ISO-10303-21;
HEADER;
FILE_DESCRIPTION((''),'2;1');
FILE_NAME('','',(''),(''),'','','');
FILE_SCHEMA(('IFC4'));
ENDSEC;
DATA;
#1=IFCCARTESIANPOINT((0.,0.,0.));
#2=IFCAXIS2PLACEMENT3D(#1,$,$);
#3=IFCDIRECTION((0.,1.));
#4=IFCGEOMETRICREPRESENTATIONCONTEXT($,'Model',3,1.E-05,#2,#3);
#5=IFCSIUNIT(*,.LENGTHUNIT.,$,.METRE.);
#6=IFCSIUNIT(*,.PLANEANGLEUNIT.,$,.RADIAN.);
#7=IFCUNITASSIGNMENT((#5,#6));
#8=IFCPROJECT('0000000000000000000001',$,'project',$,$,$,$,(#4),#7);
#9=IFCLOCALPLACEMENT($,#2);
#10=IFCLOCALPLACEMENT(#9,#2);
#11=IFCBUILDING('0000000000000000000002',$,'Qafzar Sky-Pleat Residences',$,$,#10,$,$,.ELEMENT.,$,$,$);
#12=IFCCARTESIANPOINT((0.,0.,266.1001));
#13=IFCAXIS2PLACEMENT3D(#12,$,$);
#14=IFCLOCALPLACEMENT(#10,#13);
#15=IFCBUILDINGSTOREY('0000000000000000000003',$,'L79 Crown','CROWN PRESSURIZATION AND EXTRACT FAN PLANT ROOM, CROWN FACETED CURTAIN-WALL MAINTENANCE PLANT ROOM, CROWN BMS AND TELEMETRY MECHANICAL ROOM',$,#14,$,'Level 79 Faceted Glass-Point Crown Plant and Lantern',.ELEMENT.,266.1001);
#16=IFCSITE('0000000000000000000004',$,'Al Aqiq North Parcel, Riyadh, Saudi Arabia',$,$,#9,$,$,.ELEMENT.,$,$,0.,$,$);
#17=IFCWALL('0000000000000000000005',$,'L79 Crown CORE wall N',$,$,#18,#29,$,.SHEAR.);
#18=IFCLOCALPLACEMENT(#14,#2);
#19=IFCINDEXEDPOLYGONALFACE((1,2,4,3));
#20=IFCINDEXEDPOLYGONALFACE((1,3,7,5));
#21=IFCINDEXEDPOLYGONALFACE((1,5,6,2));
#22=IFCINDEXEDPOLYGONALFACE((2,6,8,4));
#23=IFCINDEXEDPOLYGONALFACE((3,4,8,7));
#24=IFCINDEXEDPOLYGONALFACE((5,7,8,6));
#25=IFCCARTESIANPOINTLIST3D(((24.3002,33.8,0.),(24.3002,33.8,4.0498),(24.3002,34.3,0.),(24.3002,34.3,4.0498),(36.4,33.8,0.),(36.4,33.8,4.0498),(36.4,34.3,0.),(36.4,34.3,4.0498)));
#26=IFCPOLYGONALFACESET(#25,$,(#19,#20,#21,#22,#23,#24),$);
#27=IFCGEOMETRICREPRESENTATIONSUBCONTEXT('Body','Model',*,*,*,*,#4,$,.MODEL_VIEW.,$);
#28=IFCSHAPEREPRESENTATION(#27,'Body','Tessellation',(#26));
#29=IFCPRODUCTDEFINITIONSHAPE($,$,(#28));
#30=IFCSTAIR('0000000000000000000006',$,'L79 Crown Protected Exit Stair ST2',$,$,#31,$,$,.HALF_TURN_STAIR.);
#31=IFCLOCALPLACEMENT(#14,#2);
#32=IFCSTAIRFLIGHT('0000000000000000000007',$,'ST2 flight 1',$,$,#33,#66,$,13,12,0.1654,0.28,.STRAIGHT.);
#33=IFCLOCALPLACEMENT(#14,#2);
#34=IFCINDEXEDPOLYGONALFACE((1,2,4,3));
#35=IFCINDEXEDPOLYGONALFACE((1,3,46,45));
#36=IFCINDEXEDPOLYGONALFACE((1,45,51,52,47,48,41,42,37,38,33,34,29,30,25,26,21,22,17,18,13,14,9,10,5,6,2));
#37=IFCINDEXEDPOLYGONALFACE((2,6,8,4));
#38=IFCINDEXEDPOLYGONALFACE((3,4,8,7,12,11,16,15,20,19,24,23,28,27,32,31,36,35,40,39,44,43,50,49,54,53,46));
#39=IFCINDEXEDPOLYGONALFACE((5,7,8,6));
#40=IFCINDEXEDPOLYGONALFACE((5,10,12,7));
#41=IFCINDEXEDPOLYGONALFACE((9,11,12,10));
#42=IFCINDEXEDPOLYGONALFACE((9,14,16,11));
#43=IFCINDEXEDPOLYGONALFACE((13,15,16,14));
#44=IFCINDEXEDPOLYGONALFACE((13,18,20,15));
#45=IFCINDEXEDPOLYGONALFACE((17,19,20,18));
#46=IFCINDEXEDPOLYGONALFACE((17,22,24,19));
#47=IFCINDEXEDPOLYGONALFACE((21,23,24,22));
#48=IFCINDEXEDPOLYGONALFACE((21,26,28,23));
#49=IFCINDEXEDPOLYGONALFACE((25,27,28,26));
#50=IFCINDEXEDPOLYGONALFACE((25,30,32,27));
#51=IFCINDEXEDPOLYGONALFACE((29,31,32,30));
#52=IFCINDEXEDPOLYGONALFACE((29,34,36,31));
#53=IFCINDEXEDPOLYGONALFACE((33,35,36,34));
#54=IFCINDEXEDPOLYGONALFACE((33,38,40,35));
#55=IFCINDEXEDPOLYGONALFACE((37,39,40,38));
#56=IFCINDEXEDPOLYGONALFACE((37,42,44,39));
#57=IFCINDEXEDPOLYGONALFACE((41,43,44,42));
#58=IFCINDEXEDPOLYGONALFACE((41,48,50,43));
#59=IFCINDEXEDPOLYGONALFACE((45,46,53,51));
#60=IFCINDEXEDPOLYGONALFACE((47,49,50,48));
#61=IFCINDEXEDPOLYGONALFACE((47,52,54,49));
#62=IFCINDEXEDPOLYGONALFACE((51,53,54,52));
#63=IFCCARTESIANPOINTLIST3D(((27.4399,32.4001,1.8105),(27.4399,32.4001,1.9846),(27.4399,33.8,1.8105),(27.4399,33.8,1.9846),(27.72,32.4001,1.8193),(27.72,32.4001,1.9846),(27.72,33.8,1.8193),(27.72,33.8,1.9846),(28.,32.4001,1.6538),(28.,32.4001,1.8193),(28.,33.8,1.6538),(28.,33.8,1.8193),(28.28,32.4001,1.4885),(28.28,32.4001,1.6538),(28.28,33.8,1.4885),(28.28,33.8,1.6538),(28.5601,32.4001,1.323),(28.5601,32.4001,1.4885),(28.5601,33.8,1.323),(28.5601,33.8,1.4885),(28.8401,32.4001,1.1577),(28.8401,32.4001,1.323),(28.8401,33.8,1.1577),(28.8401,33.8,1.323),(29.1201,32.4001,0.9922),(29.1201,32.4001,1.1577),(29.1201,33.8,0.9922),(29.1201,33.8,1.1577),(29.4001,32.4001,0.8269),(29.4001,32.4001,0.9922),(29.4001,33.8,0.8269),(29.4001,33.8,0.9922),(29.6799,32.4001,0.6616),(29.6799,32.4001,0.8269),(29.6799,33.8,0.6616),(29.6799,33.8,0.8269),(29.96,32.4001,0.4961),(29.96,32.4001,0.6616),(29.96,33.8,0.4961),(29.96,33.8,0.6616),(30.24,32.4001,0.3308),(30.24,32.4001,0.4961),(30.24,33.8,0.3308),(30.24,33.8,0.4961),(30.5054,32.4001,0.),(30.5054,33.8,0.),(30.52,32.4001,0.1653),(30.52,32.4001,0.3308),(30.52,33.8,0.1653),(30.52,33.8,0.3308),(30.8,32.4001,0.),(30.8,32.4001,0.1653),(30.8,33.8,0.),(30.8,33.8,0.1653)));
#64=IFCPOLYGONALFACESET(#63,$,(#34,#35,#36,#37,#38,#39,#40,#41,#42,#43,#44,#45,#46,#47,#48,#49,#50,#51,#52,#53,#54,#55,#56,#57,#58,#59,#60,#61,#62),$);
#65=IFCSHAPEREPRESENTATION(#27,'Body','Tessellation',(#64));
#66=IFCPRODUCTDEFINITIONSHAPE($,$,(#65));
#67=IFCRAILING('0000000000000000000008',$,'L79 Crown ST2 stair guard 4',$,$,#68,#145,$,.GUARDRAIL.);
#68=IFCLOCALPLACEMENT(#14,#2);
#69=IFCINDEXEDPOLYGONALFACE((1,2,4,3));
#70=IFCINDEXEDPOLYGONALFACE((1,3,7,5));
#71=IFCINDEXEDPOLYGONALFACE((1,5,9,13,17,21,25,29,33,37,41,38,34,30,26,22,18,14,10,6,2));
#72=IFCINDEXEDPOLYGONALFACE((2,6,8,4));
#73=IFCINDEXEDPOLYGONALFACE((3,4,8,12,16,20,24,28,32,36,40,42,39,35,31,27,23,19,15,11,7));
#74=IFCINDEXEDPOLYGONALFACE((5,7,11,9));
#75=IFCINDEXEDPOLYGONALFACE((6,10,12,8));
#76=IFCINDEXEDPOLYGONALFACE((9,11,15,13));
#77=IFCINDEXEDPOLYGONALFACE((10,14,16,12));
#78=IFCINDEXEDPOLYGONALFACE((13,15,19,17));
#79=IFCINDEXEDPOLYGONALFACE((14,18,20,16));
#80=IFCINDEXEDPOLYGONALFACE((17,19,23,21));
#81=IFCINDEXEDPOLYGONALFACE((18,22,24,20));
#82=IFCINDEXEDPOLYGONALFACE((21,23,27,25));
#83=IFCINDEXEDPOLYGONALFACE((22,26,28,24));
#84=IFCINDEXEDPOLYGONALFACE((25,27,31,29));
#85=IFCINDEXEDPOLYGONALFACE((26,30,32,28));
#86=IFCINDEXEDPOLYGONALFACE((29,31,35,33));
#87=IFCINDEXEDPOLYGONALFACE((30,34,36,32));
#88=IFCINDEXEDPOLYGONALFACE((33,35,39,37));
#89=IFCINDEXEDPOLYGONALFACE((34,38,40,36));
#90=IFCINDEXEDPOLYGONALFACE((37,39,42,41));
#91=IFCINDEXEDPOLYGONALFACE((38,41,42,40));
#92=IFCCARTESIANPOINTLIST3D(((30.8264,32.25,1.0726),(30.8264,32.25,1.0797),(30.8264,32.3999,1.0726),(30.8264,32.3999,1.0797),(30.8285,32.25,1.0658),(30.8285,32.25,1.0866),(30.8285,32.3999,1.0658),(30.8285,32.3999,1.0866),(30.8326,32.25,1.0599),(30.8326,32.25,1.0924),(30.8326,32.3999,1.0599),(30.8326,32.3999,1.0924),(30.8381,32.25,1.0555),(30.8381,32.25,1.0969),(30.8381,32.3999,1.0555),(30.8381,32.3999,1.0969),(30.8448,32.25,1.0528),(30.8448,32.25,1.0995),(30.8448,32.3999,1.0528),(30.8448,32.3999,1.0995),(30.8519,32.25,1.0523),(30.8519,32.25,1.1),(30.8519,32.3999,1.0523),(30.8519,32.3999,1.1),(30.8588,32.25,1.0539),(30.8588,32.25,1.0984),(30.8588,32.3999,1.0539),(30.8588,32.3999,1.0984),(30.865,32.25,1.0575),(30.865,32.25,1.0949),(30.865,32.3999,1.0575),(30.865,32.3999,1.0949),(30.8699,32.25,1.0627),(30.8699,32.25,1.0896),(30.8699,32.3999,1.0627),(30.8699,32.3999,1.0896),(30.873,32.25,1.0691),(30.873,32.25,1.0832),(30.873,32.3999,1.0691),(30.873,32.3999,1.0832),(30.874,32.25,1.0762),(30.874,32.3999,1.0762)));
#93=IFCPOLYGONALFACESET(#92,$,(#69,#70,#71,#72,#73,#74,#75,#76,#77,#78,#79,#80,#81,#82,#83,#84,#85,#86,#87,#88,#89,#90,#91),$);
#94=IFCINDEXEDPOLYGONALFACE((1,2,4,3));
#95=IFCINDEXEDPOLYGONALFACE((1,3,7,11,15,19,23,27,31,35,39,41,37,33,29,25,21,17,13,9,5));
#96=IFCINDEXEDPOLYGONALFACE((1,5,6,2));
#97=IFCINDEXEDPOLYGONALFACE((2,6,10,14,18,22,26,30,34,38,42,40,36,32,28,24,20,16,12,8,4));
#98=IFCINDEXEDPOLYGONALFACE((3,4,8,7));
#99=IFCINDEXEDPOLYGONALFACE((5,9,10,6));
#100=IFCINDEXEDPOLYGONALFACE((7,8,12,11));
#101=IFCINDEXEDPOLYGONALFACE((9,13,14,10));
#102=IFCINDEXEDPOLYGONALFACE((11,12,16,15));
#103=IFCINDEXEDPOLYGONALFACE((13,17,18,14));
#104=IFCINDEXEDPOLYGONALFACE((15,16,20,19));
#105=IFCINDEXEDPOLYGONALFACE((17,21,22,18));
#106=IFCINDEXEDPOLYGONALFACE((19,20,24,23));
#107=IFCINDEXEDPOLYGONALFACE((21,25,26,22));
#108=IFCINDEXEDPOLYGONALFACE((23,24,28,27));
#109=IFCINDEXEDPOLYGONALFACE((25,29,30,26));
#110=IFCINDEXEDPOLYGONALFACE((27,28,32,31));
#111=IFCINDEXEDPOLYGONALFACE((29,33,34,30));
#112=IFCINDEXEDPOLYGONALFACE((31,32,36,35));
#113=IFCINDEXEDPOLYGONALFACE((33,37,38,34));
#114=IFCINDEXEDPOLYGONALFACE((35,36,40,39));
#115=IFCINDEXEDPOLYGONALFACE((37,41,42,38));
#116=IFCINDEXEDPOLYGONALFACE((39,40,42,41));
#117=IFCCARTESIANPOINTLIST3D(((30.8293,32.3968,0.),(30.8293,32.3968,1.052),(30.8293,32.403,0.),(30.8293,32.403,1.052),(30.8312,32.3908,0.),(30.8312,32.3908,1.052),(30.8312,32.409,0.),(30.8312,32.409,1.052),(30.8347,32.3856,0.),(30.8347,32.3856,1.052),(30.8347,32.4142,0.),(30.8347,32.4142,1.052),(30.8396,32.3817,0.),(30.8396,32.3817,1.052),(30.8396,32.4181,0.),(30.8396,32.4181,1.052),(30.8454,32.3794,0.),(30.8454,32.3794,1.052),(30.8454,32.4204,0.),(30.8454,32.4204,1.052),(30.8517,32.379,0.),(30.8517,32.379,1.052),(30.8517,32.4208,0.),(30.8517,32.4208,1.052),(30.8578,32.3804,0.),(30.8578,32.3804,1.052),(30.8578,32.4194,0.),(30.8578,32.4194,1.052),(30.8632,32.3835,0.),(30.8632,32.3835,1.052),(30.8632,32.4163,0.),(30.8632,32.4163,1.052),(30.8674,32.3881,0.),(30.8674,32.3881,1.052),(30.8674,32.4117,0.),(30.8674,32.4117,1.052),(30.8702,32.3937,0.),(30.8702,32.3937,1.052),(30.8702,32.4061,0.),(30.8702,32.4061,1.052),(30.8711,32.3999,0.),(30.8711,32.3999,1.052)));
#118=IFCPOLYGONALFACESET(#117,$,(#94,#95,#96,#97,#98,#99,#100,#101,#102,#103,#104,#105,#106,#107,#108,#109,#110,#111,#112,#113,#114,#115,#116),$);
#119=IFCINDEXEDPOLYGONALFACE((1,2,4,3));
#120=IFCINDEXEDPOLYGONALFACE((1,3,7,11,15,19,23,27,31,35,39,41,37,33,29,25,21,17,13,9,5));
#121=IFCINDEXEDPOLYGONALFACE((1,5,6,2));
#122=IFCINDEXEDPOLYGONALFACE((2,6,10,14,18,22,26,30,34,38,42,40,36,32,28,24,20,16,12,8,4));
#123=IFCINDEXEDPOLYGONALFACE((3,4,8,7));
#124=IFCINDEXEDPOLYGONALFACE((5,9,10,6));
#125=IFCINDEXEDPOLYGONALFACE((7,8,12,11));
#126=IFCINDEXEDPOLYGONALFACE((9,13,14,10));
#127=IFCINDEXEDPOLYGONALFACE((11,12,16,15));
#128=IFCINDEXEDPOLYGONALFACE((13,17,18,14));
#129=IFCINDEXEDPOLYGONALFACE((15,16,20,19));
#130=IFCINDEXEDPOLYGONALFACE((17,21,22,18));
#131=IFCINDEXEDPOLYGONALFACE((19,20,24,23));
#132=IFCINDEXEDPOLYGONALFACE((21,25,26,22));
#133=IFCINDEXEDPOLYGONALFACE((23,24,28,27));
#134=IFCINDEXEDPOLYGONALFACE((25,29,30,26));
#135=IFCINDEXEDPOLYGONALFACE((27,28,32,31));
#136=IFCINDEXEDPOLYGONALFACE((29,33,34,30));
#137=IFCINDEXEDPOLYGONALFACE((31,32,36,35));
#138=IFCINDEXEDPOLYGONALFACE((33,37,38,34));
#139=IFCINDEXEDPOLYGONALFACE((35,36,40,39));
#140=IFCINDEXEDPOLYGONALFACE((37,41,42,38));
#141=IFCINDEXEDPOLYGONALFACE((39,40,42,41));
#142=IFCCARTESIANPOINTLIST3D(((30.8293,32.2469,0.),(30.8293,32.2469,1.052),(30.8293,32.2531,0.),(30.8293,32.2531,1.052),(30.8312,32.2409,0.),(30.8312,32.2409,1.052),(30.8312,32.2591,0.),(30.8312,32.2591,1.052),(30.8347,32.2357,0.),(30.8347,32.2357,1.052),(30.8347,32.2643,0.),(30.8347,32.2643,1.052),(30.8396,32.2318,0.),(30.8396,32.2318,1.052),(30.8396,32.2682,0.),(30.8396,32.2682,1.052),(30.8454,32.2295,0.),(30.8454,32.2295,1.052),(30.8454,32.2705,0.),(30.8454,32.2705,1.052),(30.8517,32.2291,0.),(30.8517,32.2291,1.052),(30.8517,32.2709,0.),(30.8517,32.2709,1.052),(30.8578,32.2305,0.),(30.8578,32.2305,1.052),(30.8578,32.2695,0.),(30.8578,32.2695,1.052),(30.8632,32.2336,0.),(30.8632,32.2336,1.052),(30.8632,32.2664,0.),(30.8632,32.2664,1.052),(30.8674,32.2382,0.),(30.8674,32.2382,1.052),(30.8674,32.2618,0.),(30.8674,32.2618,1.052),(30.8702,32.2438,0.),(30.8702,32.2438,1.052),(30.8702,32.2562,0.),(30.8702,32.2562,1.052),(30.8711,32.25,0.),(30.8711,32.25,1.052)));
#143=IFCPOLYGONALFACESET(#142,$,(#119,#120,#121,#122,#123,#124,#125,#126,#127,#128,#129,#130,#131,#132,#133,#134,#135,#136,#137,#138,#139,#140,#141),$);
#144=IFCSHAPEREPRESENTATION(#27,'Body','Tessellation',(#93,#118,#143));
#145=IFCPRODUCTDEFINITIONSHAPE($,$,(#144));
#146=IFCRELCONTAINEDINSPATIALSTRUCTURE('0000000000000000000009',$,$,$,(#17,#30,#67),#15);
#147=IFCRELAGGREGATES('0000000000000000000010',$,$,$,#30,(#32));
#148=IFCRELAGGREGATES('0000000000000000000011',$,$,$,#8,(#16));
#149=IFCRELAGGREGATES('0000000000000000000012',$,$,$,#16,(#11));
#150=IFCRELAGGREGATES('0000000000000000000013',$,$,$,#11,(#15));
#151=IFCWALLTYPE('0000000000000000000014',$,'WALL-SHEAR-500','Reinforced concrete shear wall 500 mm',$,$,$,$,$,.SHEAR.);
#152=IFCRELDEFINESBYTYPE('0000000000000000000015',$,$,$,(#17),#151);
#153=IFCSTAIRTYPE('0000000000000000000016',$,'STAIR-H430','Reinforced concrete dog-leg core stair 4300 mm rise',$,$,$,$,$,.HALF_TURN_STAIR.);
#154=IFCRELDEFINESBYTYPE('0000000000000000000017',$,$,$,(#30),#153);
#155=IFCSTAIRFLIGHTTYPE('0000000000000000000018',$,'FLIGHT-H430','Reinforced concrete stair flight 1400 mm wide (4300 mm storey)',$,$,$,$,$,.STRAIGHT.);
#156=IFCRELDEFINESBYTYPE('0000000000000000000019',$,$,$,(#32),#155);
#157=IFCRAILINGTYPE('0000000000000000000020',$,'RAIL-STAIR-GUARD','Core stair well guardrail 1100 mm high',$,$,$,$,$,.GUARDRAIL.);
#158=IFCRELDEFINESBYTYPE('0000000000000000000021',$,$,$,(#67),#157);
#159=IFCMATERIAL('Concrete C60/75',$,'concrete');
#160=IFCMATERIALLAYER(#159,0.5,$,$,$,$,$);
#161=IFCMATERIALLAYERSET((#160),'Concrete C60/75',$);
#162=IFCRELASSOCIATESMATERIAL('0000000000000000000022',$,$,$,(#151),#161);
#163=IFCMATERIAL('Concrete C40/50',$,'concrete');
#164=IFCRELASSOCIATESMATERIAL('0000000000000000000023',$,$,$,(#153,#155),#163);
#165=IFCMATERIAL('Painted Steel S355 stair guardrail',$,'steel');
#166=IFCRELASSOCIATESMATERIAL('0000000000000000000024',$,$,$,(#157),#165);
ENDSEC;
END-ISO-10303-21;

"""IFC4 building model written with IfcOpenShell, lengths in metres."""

from ifc_helpers import new_model, si_unit, direction, frame, frame_2d, origin, origin_2d, place, context, subcontext, project, spatial, polyline, rectangle, circle, outline, extrude, source, transform, mapped, material, layer, layer_set, type_object, element, aggregate, save


model = new_model("IFC4")

# Units and contexts
model_context = context("Model", 3, precision=1e-05, world=origin(), true_north=direction((0.0, 1.0)))
body_context = subcontext(model_context, "Body", "Model", "MODEL_VIEW")
ifc_project = project(units=[si_unit("LENGTHUNIT", "METRE"), si_unit("PLANEANGLEUNIT", "RADIAN")], contexts=[model_context])

# Site, building, storey
site_placement = place(None, origin())
site = spatial("IfcSite", under=ifc_project, at=site_placement, Name="Al Aqiq North Parcel, Riyadh, Saudi Arabia", CompositionType="ELEMENT", RefElevation=0.0)
building_placement = place(site_placement, origin())
building = spatial("IfcBuilding", under=site, at=building_placement, Name="Qafzar Sky-Pleat Residences", CompositionType="ELEMENT")
storey_placement = place(building_placement, frame((0.0, 0.0, 266.1001)))
storey = spatial("IfcBuildingStorey", under=building, at=storey_placement, Name="L79 Crown", Description="CROWN PRESSURIZATION AND EXTRACT FAN PLANT ROOM, CROWN FACETED CURTAIN-WALL MAINTENANCE PLANT ROOM, CROWN BMS AND TELEMETRY MECHANICAL ROOM", LongName="Level 79 Faceted Glass-Point Crown Plant and Lantern", CompositionType="ELEMENT", Elevation=266.1001)

# Wall
ifc_material_1 = material(Name="Concrete C60/75", Category="concrete")
ifc_layer_1 = layer(ifc_material_1, 0.5)
ifc_layer_set_1 = layer_set([ifc_layer_1], Name="Concrete C60/75")
wall_type_1 = type_object("IfcWallType", Name="WALL-SHEAR-500", Description="Reinforced concrete shear wall 500 mm", PredefinedType="SHEAR", material=ifc_layer_set_1)
wall_1_placement = place(storey_placement, frame((36.3999, 34.05, 0.0), z_axis=(0.0, 0.0, 1.0), x_axis=(-1.0, 0.0, 0.0)))
element("IfcWall", 1, at=wall_1_placement, inside=storey, type_object=wall_type_1, Name="L79 Crown CORE wall N", PredefinedType="SHEAR", context=body_context, shape_type="SweptSolid", body=[
    extrude(rectangle(XDim=12.0999, YDim=0.5, at=frame_2d((6.0498, 0.0))), origin(), (0.0, 0.0, 1.0), 4.0498),
])

# Stair, stair flight
ifc_material_2 = material(Name="Concrete C40/50", Category="concrete")
stair_type = type_object("IfcStairType", Name="STAIR-H430", Description="Reinforced concrete dog-leg core stair 4300 mm rise", PredefinedType="HALF_TURN_STAIR", material=ifc_material_2)
stair_placement = place(storey_placement, origin())
stair = element("IfcStair", 2, at=stair_placement, inside=storey, type_object=stair_type, Name="L79 Crown Protected Exit Stair ST2", PredefinedType="HALF_TURN_STAIR")
stair_flight_type = type_object("IfcStairFlightType", Name="FLIGHT-H430", Description="Reinforced concrete stair flight 1400 mm wide (4300 mm storey)", PredefinedType="STRAIGHT", material=ifc_material_2)
shared_shape_1 = source(origin(), body_context, "Body", "SweptSolid", [
    extrude(outline(polyline([(0.0, 0.0), (0.0, 0.1653), (0.28, 0.1653), (0.28, 0.3308), (0.5601, 0.3308), (0.5601, 0.4961), (0.8401, 0.4961), (0.8401, 0.6616), (1.1201, 0.6616), (1.1201, 0.8269), (1.3999, 0.8269), (1.3999, 0.9922), (1.6799, 0.9922), (1.6799, 1.1577), (1.96, 1.1577), (1.96, 1.323), (2.24, 1.323), (2.24, 1.4885), (2.52, 1.4885), (2.52, 1.6538), (2.8, 1.6538), (2.8, 1.8193), (3.0801, 1.8193), (3.0801, 1.9846), (3.3601, 1.9846), (3.3601, 2.1499), (3.3601, 1.8105), (0.2947, 0.0), (0.0, 0.0)])), frame((0.0, 0.7, 0.0), z_axis=(0.0, -1.0, 0.0), x_axis=(1.0, 0.0, 0.0)), (0.0, 0.0, 1.0), 1.3999),
])
stair_flight_placement = place(storey_placement, frame((30.8, 33.1001, 0.0), z_axis=(0.0, 0.0, 1.0), x_axis=(-1.0, 0.0, 0.0)))
stair_flight = element("IfcStairFlight", 3, at=stair_flight_placement, type_object=stair_flight_type, Name="ST2 flight 1", NumberOfRisers=13, NumberOfTreads=12, PredefinedType="STRAIGHT", RiserHeight=0.1654, TreadLength=0.28, context=body_context, shape_type="MappedRepresentation", body=[
    mapped(shared_shape_1, transform((0.0, 0.0, 0.0), x_axis=(1.0, 0.0, 0.0), y_axis=(0.0, 1.0, 0.0), z_axis=(0.0, 0.0, 1.0), scale=1.0)),
])
aggregate(stair, [stair_flight])

# Railing
ifc_material_3 = material(Name="Painted Steel S355 stair guardrail", Category="steel")
railing_type_1 = type_object("IfcRailingType", Name="RAIL-STAIR-GUARD", Description="Core stair well guardrail 1100 mm high", PredefinedType="GUARDRAIL", material=ifc_material_3)
shared_shape_2 = source(origin(), body_context, "Body", "SweptSolid", [
    extrude(circle(Radius=0.0239, at=origin_2d()), frame((0.0, 0.0, 1.0762), z_axis=(0.0, -1.0, 0.0), x_axis=(1.0, 0.0, 0.0)), (0.0, 0.0, 1.0), 0.1499),
    extrude(circle(Radius=0.021, at=origin_2d()), origin(), (0.0, 0.0, 1.0), 1.052),
    extrude(circle(Radius=0.021, at=origin_2d()), frame((0.0, -0.1499, 0.0)), (0.0, 0.0, 1.0), 1.052),
])
railing_1_placement = place(storey_placement, frame((30.8501, 32.3999, 0.0)))
element("IfcRailing", 4, at=railing_1_placement, inside=storey, type_object=railing_type_1, Name="L79 Crown ST2 stair guard 4", PredefinedType="GUARDRAIL", context=body_context, shape_type="MappedRepresentation", body=[
    mapped(shared_shape_2, transform((0.0, 0.0, 0.0), x_axis=(1.0, 0.0, 0.0), y_axis=(0.0, 1.0, 0.0), z_axis=(0.0, 0.0, 1.0), scale=1.0)),
])

save(model, "model.ifc")
